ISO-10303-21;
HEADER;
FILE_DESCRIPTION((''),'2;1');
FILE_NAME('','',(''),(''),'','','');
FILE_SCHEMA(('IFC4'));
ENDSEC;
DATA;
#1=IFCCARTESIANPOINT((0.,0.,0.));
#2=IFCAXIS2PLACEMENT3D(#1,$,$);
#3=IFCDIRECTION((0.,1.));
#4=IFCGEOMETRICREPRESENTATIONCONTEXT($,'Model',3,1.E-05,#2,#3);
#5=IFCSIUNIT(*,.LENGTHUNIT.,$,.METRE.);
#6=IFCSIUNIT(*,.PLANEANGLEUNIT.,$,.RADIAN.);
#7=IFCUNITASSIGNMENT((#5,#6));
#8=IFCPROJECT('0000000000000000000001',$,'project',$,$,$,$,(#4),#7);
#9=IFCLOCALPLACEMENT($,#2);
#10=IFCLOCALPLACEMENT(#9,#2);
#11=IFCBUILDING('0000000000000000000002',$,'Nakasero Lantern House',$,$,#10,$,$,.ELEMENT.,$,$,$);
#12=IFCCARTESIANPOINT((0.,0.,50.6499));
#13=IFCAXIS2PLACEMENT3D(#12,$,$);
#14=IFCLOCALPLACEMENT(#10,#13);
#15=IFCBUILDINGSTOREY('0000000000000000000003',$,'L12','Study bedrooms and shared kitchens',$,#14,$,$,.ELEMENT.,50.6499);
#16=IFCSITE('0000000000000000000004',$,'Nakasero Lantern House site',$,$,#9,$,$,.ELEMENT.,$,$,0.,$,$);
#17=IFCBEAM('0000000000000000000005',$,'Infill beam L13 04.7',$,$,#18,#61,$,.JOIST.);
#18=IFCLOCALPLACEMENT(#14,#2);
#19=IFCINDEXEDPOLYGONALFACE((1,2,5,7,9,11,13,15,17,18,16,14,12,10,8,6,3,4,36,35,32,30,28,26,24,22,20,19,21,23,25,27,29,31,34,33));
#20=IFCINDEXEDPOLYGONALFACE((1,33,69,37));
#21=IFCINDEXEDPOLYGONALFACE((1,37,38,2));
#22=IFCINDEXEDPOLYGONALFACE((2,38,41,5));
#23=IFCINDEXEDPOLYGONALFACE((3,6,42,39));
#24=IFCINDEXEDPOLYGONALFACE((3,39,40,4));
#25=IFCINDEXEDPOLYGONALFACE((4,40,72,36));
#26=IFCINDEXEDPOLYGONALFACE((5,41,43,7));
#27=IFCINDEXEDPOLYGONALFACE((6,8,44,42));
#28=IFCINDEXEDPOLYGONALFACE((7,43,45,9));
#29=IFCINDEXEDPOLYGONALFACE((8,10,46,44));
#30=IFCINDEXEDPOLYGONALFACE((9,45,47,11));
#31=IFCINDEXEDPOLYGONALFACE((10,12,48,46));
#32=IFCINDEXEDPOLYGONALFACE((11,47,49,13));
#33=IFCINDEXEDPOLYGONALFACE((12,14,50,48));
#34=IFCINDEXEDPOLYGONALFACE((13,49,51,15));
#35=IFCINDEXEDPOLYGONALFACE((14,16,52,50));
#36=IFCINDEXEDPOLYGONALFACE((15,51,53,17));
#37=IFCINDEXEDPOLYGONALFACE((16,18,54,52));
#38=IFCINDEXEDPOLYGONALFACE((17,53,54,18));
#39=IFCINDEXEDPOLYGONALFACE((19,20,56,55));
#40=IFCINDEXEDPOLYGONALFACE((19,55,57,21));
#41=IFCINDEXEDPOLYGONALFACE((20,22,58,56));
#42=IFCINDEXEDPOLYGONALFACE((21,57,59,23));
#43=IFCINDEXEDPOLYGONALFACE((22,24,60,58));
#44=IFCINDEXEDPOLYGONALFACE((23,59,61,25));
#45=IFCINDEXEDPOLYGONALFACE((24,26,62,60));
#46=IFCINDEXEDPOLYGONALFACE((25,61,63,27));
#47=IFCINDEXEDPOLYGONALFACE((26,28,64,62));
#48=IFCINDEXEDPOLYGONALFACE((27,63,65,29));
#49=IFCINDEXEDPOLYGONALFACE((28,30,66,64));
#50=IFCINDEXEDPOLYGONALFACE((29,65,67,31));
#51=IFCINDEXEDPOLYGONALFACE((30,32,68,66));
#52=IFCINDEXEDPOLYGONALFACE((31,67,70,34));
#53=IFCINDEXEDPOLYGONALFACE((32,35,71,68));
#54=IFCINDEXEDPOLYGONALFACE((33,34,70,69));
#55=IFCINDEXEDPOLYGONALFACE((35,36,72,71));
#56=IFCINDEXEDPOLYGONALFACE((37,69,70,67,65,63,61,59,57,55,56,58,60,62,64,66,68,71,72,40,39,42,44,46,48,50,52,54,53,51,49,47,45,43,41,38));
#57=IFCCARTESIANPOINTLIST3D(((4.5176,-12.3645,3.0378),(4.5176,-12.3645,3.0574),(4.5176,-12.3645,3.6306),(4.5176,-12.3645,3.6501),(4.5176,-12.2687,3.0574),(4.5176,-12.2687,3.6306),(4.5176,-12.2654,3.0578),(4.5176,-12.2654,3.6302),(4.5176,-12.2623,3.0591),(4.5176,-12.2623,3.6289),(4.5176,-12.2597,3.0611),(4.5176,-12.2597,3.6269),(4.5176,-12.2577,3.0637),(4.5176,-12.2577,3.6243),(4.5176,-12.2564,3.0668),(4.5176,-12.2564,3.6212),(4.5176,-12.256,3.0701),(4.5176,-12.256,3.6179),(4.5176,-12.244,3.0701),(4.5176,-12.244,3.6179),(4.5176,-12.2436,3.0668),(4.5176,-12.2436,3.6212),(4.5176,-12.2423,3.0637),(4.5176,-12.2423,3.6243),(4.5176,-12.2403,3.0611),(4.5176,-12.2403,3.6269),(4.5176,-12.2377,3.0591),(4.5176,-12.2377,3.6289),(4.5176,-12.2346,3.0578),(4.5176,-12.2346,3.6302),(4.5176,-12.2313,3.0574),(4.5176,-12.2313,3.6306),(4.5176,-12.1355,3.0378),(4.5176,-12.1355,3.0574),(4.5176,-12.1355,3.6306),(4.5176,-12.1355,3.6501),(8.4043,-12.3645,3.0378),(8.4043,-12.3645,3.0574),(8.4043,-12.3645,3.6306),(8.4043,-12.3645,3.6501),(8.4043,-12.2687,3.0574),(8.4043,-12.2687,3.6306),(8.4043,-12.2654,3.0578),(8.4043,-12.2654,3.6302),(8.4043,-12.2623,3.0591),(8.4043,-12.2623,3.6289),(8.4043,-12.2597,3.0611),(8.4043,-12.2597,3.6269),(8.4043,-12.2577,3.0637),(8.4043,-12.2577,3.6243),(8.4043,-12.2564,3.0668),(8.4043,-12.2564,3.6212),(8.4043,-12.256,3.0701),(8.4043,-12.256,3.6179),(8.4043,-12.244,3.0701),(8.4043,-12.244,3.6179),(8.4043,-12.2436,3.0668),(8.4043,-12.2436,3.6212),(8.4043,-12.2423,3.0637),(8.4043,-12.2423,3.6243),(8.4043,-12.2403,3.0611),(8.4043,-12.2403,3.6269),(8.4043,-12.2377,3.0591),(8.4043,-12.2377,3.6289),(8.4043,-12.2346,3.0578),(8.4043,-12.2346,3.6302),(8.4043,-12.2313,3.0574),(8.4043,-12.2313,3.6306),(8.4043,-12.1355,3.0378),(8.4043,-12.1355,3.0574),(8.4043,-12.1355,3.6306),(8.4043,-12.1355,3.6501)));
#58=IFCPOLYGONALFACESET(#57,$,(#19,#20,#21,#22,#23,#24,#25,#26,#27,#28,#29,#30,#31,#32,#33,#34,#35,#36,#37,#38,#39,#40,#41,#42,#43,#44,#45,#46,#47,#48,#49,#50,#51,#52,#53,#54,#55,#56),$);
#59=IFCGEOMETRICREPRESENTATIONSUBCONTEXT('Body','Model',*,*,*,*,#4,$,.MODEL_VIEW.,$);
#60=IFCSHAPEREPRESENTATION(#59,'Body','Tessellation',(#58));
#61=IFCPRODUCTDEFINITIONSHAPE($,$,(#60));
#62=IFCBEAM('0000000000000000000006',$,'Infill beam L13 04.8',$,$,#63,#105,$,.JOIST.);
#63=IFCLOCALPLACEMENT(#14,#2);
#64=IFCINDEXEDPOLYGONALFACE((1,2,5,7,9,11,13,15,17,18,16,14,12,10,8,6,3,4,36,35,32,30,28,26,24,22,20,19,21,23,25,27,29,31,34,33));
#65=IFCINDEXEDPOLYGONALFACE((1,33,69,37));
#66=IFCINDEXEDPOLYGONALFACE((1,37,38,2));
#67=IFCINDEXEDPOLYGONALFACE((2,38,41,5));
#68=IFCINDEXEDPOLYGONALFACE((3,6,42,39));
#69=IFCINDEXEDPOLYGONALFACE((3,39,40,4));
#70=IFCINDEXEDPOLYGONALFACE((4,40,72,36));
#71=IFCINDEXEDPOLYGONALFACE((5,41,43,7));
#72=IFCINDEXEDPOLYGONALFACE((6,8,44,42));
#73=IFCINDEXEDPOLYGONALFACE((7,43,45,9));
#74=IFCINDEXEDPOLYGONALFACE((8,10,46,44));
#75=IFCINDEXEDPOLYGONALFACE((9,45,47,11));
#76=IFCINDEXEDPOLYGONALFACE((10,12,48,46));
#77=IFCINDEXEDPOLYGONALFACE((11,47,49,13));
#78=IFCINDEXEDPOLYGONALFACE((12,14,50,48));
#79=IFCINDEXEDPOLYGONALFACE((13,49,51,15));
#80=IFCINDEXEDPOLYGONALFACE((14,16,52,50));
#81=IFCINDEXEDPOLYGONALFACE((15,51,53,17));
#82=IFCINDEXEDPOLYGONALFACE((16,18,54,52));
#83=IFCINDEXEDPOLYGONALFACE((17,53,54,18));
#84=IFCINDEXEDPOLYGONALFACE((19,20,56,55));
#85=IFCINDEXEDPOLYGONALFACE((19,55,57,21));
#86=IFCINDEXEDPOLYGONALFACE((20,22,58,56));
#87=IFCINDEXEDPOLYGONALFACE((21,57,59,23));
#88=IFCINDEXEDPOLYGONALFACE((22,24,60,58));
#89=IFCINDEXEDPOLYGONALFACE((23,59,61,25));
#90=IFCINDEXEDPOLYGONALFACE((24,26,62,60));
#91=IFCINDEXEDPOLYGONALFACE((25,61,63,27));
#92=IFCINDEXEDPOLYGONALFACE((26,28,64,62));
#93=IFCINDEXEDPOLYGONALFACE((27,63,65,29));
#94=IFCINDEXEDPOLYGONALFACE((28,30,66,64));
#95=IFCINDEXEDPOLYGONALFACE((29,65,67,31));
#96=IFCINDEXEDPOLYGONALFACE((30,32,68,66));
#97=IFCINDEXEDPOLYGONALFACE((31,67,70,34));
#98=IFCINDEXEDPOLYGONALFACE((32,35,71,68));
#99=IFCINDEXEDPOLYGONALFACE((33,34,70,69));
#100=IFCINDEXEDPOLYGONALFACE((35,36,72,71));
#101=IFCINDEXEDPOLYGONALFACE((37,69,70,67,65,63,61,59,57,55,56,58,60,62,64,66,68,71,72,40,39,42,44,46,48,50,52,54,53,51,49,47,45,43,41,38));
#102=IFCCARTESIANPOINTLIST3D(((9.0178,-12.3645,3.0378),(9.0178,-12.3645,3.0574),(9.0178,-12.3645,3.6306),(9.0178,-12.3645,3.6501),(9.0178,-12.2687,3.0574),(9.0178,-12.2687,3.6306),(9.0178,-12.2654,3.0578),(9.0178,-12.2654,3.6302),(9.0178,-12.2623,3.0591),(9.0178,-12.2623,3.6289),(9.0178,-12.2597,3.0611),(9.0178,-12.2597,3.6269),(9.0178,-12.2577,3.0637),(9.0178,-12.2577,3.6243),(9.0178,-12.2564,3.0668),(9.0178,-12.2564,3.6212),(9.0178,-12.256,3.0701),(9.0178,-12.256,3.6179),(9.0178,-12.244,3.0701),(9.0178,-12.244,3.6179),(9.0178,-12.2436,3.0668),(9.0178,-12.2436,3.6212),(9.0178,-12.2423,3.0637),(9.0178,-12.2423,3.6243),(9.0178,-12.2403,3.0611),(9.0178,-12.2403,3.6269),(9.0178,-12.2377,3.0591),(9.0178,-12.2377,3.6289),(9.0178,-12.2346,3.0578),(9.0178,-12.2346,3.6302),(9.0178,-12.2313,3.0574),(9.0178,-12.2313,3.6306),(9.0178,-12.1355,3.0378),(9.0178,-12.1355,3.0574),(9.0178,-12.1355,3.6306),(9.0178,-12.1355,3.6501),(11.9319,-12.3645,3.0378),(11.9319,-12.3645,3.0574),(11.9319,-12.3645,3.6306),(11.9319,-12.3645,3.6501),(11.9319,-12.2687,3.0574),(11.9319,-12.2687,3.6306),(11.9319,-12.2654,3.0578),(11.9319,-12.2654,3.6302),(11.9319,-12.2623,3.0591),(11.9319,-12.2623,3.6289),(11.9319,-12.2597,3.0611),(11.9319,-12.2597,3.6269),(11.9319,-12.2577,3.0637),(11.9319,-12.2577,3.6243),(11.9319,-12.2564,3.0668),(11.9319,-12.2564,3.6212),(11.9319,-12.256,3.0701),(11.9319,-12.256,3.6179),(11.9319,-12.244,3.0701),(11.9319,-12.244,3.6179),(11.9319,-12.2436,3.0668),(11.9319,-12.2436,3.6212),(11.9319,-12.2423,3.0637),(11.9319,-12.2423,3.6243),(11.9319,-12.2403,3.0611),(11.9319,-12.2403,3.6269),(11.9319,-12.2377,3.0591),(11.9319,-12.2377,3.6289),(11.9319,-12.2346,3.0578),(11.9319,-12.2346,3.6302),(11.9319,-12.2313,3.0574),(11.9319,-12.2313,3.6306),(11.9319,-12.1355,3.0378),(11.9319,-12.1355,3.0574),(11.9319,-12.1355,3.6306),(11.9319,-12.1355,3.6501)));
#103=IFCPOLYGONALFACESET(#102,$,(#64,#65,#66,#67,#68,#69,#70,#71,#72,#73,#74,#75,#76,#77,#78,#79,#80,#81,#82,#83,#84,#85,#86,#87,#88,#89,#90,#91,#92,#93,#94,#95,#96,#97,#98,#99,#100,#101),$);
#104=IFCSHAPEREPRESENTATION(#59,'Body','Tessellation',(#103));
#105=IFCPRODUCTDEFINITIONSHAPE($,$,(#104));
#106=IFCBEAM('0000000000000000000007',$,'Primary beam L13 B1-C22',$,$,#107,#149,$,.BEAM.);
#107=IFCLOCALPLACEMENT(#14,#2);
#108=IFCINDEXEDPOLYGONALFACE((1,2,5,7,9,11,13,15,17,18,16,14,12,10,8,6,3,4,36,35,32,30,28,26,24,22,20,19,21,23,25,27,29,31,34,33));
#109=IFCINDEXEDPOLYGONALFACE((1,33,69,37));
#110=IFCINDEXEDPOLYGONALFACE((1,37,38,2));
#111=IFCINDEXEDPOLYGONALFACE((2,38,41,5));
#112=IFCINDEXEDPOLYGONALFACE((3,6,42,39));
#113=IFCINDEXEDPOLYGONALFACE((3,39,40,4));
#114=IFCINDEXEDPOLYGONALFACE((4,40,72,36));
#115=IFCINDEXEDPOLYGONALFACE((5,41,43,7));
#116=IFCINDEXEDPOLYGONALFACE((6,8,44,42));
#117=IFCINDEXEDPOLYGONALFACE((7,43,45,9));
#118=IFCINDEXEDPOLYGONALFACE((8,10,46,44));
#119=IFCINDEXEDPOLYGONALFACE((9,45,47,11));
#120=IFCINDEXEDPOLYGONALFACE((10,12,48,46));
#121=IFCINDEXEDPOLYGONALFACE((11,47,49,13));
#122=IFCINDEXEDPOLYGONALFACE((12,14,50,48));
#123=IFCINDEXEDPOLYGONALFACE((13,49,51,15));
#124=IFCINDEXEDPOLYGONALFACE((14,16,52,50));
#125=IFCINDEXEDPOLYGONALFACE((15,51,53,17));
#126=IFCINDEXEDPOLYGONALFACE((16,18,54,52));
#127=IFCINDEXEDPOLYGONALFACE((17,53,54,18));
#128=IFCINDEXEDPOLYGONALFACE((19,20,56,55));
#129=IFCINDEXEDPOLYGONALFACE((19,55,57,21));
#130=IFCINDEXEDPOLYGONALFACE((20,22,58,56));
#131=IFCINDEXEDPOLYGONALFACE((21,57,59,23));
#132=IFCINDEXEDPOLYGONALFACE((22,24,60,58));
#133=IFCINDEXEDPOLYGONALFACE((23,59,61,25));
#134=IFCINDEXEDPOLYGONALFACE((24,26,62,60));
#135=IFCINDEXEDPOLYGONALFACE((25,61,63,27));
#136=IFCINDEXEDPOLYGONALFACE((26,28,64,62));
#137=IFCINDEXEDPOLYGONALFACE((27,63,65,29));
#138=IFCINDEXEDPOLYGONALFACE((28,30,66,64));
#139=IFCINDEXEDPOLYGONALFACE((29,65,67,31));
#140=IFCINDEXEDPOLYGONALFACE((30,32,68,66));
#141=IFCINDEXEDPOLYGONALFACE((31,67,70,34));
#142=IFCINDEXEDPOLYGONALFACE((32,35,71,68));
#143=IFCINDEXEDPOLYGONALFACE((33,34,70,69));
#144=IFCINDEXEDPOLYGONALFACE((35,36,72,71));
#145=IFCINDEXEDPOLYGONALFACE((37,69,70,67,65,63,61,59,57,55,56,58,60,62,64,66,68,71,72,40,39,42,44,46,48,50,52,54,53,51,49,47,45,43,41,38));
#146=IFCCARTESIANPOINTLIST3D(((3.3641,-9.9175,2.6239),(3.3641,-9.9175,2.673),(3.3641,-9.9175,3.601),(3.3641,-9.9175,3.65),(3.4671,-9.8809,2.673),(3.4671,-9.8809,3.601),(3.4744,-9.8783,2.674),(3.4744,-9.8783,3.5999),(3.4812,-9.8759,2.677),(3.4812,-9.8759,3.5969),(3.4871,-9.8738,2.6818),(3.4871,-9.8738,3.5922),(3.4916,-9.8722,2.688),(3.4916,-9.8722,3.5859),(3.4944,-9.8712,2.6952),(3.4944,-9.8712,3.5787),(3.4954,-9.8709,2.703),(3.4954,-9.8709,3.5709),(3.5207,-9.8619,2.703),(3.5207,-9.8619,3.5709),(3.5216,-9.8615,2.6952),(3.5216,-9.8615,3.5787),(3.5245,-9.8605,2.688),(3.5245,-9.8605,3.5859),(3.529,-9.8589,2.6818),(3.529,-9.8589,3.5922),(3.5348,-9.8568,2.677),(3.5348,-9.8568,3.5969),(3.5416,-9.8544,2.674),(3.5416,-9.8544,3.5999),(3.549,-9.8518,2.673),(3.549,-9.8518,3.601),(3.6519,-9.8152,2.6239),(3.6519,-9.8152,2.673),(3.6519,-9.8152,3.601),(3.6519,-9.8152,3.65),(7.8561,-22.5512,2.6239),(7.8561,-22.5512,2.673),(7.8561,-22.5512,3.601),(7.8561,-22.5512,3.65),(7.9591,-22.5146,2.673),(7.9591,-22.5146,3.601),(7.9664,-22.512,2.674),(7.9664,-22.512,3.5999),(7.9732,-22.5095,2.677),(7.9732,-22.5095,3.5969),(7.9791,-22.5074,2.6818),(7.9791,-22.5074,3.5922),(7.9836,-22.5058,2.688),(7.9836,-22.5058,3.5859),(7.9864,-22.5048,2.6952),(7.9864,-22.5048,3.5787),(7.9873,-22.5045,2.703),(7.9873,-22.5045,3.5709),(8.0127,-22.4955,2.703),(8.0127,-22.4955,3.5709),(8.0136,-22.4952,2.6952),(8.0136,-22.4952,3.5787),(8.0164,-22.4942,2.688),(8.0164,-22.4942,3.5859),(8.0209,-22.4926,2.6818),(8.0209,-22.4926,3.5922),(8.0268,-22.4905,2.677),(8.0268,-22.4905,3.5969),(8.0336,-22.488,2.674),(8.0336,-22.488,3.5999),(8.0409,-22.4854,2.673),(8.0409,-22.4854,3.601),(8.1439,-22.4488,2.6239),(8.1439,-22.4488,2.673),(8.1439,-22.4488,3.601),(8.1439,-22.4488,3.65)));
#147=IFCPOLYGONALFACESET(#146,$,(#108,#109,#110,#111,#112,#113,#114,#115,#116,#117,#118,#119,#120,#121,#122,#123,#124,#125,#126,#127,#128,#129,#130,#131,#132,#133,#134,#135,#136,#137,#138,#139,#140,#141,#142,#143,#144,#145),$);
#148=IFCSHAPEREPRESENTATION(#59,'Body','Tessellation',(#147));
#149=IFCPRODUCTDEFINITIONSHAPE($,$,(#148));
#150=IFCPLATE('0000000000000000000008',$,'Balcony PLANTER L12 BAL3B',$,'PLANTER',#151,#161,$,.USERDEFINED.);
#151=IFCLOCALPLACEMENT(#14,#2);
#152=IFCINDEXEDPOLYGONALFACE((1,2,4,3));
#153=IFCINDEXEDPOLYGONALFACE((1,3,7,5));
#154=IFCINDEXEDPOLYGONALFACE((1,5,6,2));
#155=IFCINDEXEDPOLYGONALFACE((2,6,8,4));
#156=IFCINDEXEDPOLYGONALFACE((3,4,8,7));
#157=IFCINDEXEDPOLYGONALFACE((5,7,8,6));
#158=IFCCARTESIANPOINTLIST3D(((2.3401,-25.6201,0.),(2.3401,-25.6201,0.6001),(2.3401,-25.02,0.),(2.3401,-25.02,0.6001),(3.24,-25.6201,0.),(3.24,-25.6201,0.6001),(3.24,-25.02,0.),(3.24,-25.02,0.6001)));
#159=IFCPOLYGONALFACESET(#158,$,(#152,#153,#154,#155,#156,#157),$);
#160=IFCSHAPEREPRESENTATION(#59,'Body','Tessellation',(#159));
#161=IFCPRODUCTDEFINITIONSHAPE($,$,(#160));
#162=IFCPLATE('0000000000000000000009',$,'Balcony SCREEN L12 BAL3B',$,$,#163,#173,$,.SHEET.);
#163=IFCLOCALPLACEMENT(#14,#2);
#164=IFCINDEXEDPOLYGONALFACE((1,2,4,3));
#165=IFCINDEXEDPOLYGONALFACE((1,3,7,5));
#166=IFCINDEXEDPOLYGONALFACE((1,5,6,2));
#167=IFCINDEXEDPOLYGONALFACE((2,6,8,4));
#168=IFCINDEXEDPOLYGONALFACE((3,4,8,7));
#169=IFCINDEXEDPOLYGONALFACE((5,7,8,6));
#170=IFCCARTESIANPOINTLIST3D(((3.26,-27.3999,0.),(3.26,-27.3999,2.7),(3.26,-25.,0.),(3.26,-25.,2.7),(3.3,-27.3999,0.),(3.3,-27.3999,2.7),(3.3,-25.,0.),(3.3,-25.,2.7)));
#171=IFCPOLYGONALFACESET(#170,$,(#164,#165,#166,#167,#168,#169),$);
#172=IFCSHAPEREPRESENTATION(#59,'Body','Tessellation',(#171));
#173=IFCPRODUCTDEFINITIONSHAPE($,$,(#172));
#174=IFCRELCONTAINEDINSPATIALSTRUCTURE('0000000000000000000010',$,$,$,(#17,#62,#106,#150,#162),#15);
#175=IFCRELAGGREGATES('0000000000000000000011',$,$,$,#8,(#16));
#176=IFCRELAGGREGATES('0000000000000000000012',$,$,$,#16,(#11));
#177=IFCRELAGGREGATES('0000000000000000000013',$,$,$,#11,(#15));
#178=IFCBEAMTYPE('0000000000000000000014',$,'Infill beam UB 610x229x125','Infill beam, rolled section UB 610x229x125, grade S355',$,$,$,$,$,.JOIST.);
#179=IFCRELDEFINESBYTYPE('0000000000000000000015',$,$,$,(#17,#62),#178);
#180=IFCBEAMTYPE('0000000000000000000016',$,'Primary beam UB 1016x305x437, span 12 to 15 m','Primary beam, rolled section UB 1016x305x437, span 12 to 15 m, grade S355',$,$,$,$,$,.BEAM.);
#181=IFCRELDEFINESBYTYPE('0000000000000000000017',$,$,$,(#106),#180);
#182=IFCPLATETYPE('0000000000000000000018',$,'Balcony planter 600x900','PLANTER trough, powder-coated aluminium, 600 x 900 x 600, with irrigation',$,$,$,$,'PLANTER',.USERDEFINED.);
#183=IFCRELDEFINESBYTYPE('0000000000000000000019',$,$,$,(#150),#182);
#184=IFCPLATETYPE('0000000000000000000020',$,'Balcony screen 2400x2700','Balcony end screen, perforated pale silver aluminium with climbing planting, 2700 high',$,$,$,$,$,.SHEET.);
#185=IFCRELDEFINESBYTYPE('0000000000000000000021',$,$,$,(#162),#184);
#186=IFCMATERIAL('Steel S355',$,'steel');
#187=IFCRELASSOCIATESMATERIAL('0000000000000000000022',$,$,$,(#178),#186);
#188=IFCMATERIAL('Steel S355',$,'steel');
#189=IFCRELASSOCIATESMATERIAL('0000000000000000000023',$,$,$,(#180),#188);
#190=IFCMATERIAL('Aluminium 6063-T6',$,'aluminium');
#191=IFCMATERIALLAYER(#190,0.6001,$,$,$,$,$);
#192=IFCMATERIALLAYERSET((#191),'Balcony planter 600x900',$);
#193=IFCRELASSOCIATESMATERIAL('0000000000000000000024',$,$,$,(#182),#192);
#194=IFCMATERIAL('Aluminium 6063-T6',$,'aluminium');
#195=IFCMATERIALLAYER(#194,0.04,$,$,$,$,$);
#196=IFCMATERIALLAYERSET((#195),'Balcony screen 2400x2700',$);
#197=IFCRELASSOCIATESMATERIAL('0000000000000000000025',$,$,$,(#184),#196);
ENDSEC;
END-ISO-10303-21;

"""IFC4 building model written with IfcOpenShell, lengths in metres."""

from ifc_helpers import new_model, si_unit, direction, frame, origin, origin_2d, place, context, subcontext, project, spatial, rectangle, i_section, extrude, material, layer, layer_set, material_profile, profile_set, type_object, element, save


model = new_model("IFC4")

# Units and contexts
model_context = context("Model", 3, precision=1e-05, world=origin(), true_north=direction((0.0, 1.0)))
body_context = subcontext(model_context, "Body", "Model", "MODEL_VIEW")
ifc_project = project(units=[si_unit("LENGTHUNIT", "METRE"), si_unit("PLANEANGLEUNIT", "RADIAN")], contexts=[model_context])

# Site, building, storey
site_placement = place(None, origin())
site = spatial("IfcSite", under=ifc_project, at=site_placement, Name="Nakasero Lantern House site", CompositionType="ELEMENT", RefElevation=0.0)
building_placement = place(site_placement, origin())
building = spatial("IfcBuilding", under=site, at=building_placement, Name="Nakasero Lantern House", CompositionType="ELEMENT")
storey_placement = place(building_placement, frame((0.0, 0.0, 50.6499)))
storey = spatial("IfcBuildingStorey", under=building, at=storey_placement, Name="L12", Description="Study bedrooms and shared kitchens", CompositionType="ELEMENT", Elevation=50.6499)

# Beams
ifc_material_1 = material(Name="Steel S355", Category="steel")
ifc_material_profile_1 = material_profile(ifc_material_1, i_section(OverallWidth=0.229, OverallDepth=0.6123, WebThickness=0.012, FlangeThickness=0.0195, FilletRadius=0.0127, at=origin_2d()), Name="UB 610x229x125")
ifc_profile_set_1 = profile_set([ifc_material_profile_1], Name="Steel S355")
beam_type_1 = type_object("IfcBeamType", Name="Infill beam UB 610x229x125", Description="Infill beam, rolled section UB 610x229x125, grade S355", PredefinedType="JOIST", material=ifc_profile_set_1)
beam_1_placement = place(storey_placement, frame((4.5176, -12.25, 3.344), z_axis=(1.0, 0.0, 0.0), x_axis=(0.0, 1.0, 0.0)))
element("IfcBeam", 1, at=beam_1_placement, inside=storey, type_object=beam_type_1, Name="Infill beam L13 04.7", PredefinedType="JOIST", context=body_context, shape_type="SweptSolid", body=[
    extrude(i_section(OverallWidth=0.229, OverallDepth=0.6123, WebThickness=0.012, FlangeThickness=0.0195, FilletRadius=0.0127, at=origin_2d()), origin(), (0.0, 0.0, 1.0), 3.8867),
])
beam_2_placement = place(storey_placement, frame((9.0178, -12.25, 3.344), z_axis=(1.0, 0.0, 0.0), x_axis=(0.0, 1.0, 0.0)))
element("IfcBeam", 2, at=beam_2_placement, inside=storey, type_object=beam_type_1, Name="Infill beam L13 04.8", PredefinedType="JOIST", context=body_context, shape_type="SweptSolid", body=[
    extrude(i_section(OverallWidth=0.229, OverallDepth=0.6123, WebThickness=0.012, FlangeThickness=0.0195, FilletRadius=0.0127, at=origin_2d()), origin(), (0.0, 0.0, 1.0), 2.9141),
])
ifc_material_2 = material(Name="Steel S355", Category="steel")
ifc_material_profile_2 = material_profile(ifc_material_2, i_section(OverallWidth=0.3054, OverallDepth=1.0261, WebThickness=0.0269, FlangeThickness=0.0491, FilletRadius=0.03, at=origin_2d()), Name="UB 1016x305x437")
ifc_profile_set_2 = profile_set([ifc_material_profile_2], Name="Steel S355")
beam_type_2 = type_object("IfcBeamType", Name="Primary beam UB 1016x305x437, span 12 to 15 m", Description="Primary beam, rolled section UB 1016x305x437, span 12 to 15 m, grade S355", PredefinedType="BEAM", material=ifc_profile_set_2)
beam_3_placement = place(storey_placement, frame((8.0, -22.5, 3.137), z_axis=(-0.335011, 0.942214, 0.0), x_axis=(-0.942214, -0.335011, 0.0)))
element("IfcBeam", 3, at=beam_3_placement, inside=storey, type_object=beam_type_2, Name="Primary beam L13 B1-C22", PredefinedType="BEAM", context=body_context, shape_type="SweptSolid", body=[
    extrude(i_section(OverallWidth=0.3054, OverallDepth=1.0261, WebThickness=0.0269, FlangeThickness=0.0491, FilletRadius=0.03, at=origin_2d()), origin(), (0.0, 0.0, 1.0), 13.4084),
])

# Plates
ifc_material_3 = material(Name="Aluminium 6063-T6", Category="aluminium")
ifc_layer_1 = layer(ifc_material_3, 0.6001)
ifc_layer_set_1 = layer_set([ifc_layer_1], Name="Balcony planter 600x900")
plate_type_1 = type_object("IfcPlateType", Name="Balcony planter 600x900", Description="PLANTER trough, powder-coated aluminium, 600 x 900 x 600, with irrigation", ElementType="PLANTER", PredefinedType="USERDEFINED", material=ifc_layer_set_1)
plate_1_placement = place(storey_placement, frame((2.79, -25.3201, 0.0), z_axis=(0.0, 0.0, 1.0), x_axis=(0.0, -1.0, 0.0)))
element("IfcPlate", 4, at=plate_1_placement, inside=storey, type_object=plate_type_1, Name="Balcony PLANTER L12 BAL3B", ObjectType="PLANTER", PredefinedType="USERDEFINED", context=body_context, shape_type="SweptSolid", body=[
    extrude(rectangle(XDim=0.6001, YDim=0.8999, at=origin_2d()), origin(), (0.0, 0.0, 1.0), 0.6001),
])
ifc_material_4 = material(Name="Aluminium 6063-T6", Category="aluminium")
ifc_layer_2 = layer(ifc_material_4, 0.04)
ifc_layer_set_2 = layer_set([ifc_layer_2], Name="Balcony screen 2400x2700")
plate_type_2 = type_object("IfcPlateType", Name="Balcony screen 2400x2700", Description="Balcony end screen, perforated pale silver aluminium with climbing planting, 2700 high", PredefinedType="SHEET", material=ifc_layer_set_2)
plate_2_placement = place(storey_placement, frame((3.28, -26.2, 0.0), z_axis=(0.0, 0.0, 1.0), x_axis=(0.0, -1.0, 0.0)))
element("IfcPlate", 5, at=plate_2_placement, inside=storey, type_object=plate_type_2, Name="Balcony SCREEN L12 BAL3B", PredefinedType="SHEET", context=body_context, shape_type="SweptSolid", body=[
    extrude(rectangle(XDim=2.3999, YDim=0.04, at=origin_2d()), origin(), (0.0, 0.0, 1.0), 2.7),
])

save(model, "model.ifc")
